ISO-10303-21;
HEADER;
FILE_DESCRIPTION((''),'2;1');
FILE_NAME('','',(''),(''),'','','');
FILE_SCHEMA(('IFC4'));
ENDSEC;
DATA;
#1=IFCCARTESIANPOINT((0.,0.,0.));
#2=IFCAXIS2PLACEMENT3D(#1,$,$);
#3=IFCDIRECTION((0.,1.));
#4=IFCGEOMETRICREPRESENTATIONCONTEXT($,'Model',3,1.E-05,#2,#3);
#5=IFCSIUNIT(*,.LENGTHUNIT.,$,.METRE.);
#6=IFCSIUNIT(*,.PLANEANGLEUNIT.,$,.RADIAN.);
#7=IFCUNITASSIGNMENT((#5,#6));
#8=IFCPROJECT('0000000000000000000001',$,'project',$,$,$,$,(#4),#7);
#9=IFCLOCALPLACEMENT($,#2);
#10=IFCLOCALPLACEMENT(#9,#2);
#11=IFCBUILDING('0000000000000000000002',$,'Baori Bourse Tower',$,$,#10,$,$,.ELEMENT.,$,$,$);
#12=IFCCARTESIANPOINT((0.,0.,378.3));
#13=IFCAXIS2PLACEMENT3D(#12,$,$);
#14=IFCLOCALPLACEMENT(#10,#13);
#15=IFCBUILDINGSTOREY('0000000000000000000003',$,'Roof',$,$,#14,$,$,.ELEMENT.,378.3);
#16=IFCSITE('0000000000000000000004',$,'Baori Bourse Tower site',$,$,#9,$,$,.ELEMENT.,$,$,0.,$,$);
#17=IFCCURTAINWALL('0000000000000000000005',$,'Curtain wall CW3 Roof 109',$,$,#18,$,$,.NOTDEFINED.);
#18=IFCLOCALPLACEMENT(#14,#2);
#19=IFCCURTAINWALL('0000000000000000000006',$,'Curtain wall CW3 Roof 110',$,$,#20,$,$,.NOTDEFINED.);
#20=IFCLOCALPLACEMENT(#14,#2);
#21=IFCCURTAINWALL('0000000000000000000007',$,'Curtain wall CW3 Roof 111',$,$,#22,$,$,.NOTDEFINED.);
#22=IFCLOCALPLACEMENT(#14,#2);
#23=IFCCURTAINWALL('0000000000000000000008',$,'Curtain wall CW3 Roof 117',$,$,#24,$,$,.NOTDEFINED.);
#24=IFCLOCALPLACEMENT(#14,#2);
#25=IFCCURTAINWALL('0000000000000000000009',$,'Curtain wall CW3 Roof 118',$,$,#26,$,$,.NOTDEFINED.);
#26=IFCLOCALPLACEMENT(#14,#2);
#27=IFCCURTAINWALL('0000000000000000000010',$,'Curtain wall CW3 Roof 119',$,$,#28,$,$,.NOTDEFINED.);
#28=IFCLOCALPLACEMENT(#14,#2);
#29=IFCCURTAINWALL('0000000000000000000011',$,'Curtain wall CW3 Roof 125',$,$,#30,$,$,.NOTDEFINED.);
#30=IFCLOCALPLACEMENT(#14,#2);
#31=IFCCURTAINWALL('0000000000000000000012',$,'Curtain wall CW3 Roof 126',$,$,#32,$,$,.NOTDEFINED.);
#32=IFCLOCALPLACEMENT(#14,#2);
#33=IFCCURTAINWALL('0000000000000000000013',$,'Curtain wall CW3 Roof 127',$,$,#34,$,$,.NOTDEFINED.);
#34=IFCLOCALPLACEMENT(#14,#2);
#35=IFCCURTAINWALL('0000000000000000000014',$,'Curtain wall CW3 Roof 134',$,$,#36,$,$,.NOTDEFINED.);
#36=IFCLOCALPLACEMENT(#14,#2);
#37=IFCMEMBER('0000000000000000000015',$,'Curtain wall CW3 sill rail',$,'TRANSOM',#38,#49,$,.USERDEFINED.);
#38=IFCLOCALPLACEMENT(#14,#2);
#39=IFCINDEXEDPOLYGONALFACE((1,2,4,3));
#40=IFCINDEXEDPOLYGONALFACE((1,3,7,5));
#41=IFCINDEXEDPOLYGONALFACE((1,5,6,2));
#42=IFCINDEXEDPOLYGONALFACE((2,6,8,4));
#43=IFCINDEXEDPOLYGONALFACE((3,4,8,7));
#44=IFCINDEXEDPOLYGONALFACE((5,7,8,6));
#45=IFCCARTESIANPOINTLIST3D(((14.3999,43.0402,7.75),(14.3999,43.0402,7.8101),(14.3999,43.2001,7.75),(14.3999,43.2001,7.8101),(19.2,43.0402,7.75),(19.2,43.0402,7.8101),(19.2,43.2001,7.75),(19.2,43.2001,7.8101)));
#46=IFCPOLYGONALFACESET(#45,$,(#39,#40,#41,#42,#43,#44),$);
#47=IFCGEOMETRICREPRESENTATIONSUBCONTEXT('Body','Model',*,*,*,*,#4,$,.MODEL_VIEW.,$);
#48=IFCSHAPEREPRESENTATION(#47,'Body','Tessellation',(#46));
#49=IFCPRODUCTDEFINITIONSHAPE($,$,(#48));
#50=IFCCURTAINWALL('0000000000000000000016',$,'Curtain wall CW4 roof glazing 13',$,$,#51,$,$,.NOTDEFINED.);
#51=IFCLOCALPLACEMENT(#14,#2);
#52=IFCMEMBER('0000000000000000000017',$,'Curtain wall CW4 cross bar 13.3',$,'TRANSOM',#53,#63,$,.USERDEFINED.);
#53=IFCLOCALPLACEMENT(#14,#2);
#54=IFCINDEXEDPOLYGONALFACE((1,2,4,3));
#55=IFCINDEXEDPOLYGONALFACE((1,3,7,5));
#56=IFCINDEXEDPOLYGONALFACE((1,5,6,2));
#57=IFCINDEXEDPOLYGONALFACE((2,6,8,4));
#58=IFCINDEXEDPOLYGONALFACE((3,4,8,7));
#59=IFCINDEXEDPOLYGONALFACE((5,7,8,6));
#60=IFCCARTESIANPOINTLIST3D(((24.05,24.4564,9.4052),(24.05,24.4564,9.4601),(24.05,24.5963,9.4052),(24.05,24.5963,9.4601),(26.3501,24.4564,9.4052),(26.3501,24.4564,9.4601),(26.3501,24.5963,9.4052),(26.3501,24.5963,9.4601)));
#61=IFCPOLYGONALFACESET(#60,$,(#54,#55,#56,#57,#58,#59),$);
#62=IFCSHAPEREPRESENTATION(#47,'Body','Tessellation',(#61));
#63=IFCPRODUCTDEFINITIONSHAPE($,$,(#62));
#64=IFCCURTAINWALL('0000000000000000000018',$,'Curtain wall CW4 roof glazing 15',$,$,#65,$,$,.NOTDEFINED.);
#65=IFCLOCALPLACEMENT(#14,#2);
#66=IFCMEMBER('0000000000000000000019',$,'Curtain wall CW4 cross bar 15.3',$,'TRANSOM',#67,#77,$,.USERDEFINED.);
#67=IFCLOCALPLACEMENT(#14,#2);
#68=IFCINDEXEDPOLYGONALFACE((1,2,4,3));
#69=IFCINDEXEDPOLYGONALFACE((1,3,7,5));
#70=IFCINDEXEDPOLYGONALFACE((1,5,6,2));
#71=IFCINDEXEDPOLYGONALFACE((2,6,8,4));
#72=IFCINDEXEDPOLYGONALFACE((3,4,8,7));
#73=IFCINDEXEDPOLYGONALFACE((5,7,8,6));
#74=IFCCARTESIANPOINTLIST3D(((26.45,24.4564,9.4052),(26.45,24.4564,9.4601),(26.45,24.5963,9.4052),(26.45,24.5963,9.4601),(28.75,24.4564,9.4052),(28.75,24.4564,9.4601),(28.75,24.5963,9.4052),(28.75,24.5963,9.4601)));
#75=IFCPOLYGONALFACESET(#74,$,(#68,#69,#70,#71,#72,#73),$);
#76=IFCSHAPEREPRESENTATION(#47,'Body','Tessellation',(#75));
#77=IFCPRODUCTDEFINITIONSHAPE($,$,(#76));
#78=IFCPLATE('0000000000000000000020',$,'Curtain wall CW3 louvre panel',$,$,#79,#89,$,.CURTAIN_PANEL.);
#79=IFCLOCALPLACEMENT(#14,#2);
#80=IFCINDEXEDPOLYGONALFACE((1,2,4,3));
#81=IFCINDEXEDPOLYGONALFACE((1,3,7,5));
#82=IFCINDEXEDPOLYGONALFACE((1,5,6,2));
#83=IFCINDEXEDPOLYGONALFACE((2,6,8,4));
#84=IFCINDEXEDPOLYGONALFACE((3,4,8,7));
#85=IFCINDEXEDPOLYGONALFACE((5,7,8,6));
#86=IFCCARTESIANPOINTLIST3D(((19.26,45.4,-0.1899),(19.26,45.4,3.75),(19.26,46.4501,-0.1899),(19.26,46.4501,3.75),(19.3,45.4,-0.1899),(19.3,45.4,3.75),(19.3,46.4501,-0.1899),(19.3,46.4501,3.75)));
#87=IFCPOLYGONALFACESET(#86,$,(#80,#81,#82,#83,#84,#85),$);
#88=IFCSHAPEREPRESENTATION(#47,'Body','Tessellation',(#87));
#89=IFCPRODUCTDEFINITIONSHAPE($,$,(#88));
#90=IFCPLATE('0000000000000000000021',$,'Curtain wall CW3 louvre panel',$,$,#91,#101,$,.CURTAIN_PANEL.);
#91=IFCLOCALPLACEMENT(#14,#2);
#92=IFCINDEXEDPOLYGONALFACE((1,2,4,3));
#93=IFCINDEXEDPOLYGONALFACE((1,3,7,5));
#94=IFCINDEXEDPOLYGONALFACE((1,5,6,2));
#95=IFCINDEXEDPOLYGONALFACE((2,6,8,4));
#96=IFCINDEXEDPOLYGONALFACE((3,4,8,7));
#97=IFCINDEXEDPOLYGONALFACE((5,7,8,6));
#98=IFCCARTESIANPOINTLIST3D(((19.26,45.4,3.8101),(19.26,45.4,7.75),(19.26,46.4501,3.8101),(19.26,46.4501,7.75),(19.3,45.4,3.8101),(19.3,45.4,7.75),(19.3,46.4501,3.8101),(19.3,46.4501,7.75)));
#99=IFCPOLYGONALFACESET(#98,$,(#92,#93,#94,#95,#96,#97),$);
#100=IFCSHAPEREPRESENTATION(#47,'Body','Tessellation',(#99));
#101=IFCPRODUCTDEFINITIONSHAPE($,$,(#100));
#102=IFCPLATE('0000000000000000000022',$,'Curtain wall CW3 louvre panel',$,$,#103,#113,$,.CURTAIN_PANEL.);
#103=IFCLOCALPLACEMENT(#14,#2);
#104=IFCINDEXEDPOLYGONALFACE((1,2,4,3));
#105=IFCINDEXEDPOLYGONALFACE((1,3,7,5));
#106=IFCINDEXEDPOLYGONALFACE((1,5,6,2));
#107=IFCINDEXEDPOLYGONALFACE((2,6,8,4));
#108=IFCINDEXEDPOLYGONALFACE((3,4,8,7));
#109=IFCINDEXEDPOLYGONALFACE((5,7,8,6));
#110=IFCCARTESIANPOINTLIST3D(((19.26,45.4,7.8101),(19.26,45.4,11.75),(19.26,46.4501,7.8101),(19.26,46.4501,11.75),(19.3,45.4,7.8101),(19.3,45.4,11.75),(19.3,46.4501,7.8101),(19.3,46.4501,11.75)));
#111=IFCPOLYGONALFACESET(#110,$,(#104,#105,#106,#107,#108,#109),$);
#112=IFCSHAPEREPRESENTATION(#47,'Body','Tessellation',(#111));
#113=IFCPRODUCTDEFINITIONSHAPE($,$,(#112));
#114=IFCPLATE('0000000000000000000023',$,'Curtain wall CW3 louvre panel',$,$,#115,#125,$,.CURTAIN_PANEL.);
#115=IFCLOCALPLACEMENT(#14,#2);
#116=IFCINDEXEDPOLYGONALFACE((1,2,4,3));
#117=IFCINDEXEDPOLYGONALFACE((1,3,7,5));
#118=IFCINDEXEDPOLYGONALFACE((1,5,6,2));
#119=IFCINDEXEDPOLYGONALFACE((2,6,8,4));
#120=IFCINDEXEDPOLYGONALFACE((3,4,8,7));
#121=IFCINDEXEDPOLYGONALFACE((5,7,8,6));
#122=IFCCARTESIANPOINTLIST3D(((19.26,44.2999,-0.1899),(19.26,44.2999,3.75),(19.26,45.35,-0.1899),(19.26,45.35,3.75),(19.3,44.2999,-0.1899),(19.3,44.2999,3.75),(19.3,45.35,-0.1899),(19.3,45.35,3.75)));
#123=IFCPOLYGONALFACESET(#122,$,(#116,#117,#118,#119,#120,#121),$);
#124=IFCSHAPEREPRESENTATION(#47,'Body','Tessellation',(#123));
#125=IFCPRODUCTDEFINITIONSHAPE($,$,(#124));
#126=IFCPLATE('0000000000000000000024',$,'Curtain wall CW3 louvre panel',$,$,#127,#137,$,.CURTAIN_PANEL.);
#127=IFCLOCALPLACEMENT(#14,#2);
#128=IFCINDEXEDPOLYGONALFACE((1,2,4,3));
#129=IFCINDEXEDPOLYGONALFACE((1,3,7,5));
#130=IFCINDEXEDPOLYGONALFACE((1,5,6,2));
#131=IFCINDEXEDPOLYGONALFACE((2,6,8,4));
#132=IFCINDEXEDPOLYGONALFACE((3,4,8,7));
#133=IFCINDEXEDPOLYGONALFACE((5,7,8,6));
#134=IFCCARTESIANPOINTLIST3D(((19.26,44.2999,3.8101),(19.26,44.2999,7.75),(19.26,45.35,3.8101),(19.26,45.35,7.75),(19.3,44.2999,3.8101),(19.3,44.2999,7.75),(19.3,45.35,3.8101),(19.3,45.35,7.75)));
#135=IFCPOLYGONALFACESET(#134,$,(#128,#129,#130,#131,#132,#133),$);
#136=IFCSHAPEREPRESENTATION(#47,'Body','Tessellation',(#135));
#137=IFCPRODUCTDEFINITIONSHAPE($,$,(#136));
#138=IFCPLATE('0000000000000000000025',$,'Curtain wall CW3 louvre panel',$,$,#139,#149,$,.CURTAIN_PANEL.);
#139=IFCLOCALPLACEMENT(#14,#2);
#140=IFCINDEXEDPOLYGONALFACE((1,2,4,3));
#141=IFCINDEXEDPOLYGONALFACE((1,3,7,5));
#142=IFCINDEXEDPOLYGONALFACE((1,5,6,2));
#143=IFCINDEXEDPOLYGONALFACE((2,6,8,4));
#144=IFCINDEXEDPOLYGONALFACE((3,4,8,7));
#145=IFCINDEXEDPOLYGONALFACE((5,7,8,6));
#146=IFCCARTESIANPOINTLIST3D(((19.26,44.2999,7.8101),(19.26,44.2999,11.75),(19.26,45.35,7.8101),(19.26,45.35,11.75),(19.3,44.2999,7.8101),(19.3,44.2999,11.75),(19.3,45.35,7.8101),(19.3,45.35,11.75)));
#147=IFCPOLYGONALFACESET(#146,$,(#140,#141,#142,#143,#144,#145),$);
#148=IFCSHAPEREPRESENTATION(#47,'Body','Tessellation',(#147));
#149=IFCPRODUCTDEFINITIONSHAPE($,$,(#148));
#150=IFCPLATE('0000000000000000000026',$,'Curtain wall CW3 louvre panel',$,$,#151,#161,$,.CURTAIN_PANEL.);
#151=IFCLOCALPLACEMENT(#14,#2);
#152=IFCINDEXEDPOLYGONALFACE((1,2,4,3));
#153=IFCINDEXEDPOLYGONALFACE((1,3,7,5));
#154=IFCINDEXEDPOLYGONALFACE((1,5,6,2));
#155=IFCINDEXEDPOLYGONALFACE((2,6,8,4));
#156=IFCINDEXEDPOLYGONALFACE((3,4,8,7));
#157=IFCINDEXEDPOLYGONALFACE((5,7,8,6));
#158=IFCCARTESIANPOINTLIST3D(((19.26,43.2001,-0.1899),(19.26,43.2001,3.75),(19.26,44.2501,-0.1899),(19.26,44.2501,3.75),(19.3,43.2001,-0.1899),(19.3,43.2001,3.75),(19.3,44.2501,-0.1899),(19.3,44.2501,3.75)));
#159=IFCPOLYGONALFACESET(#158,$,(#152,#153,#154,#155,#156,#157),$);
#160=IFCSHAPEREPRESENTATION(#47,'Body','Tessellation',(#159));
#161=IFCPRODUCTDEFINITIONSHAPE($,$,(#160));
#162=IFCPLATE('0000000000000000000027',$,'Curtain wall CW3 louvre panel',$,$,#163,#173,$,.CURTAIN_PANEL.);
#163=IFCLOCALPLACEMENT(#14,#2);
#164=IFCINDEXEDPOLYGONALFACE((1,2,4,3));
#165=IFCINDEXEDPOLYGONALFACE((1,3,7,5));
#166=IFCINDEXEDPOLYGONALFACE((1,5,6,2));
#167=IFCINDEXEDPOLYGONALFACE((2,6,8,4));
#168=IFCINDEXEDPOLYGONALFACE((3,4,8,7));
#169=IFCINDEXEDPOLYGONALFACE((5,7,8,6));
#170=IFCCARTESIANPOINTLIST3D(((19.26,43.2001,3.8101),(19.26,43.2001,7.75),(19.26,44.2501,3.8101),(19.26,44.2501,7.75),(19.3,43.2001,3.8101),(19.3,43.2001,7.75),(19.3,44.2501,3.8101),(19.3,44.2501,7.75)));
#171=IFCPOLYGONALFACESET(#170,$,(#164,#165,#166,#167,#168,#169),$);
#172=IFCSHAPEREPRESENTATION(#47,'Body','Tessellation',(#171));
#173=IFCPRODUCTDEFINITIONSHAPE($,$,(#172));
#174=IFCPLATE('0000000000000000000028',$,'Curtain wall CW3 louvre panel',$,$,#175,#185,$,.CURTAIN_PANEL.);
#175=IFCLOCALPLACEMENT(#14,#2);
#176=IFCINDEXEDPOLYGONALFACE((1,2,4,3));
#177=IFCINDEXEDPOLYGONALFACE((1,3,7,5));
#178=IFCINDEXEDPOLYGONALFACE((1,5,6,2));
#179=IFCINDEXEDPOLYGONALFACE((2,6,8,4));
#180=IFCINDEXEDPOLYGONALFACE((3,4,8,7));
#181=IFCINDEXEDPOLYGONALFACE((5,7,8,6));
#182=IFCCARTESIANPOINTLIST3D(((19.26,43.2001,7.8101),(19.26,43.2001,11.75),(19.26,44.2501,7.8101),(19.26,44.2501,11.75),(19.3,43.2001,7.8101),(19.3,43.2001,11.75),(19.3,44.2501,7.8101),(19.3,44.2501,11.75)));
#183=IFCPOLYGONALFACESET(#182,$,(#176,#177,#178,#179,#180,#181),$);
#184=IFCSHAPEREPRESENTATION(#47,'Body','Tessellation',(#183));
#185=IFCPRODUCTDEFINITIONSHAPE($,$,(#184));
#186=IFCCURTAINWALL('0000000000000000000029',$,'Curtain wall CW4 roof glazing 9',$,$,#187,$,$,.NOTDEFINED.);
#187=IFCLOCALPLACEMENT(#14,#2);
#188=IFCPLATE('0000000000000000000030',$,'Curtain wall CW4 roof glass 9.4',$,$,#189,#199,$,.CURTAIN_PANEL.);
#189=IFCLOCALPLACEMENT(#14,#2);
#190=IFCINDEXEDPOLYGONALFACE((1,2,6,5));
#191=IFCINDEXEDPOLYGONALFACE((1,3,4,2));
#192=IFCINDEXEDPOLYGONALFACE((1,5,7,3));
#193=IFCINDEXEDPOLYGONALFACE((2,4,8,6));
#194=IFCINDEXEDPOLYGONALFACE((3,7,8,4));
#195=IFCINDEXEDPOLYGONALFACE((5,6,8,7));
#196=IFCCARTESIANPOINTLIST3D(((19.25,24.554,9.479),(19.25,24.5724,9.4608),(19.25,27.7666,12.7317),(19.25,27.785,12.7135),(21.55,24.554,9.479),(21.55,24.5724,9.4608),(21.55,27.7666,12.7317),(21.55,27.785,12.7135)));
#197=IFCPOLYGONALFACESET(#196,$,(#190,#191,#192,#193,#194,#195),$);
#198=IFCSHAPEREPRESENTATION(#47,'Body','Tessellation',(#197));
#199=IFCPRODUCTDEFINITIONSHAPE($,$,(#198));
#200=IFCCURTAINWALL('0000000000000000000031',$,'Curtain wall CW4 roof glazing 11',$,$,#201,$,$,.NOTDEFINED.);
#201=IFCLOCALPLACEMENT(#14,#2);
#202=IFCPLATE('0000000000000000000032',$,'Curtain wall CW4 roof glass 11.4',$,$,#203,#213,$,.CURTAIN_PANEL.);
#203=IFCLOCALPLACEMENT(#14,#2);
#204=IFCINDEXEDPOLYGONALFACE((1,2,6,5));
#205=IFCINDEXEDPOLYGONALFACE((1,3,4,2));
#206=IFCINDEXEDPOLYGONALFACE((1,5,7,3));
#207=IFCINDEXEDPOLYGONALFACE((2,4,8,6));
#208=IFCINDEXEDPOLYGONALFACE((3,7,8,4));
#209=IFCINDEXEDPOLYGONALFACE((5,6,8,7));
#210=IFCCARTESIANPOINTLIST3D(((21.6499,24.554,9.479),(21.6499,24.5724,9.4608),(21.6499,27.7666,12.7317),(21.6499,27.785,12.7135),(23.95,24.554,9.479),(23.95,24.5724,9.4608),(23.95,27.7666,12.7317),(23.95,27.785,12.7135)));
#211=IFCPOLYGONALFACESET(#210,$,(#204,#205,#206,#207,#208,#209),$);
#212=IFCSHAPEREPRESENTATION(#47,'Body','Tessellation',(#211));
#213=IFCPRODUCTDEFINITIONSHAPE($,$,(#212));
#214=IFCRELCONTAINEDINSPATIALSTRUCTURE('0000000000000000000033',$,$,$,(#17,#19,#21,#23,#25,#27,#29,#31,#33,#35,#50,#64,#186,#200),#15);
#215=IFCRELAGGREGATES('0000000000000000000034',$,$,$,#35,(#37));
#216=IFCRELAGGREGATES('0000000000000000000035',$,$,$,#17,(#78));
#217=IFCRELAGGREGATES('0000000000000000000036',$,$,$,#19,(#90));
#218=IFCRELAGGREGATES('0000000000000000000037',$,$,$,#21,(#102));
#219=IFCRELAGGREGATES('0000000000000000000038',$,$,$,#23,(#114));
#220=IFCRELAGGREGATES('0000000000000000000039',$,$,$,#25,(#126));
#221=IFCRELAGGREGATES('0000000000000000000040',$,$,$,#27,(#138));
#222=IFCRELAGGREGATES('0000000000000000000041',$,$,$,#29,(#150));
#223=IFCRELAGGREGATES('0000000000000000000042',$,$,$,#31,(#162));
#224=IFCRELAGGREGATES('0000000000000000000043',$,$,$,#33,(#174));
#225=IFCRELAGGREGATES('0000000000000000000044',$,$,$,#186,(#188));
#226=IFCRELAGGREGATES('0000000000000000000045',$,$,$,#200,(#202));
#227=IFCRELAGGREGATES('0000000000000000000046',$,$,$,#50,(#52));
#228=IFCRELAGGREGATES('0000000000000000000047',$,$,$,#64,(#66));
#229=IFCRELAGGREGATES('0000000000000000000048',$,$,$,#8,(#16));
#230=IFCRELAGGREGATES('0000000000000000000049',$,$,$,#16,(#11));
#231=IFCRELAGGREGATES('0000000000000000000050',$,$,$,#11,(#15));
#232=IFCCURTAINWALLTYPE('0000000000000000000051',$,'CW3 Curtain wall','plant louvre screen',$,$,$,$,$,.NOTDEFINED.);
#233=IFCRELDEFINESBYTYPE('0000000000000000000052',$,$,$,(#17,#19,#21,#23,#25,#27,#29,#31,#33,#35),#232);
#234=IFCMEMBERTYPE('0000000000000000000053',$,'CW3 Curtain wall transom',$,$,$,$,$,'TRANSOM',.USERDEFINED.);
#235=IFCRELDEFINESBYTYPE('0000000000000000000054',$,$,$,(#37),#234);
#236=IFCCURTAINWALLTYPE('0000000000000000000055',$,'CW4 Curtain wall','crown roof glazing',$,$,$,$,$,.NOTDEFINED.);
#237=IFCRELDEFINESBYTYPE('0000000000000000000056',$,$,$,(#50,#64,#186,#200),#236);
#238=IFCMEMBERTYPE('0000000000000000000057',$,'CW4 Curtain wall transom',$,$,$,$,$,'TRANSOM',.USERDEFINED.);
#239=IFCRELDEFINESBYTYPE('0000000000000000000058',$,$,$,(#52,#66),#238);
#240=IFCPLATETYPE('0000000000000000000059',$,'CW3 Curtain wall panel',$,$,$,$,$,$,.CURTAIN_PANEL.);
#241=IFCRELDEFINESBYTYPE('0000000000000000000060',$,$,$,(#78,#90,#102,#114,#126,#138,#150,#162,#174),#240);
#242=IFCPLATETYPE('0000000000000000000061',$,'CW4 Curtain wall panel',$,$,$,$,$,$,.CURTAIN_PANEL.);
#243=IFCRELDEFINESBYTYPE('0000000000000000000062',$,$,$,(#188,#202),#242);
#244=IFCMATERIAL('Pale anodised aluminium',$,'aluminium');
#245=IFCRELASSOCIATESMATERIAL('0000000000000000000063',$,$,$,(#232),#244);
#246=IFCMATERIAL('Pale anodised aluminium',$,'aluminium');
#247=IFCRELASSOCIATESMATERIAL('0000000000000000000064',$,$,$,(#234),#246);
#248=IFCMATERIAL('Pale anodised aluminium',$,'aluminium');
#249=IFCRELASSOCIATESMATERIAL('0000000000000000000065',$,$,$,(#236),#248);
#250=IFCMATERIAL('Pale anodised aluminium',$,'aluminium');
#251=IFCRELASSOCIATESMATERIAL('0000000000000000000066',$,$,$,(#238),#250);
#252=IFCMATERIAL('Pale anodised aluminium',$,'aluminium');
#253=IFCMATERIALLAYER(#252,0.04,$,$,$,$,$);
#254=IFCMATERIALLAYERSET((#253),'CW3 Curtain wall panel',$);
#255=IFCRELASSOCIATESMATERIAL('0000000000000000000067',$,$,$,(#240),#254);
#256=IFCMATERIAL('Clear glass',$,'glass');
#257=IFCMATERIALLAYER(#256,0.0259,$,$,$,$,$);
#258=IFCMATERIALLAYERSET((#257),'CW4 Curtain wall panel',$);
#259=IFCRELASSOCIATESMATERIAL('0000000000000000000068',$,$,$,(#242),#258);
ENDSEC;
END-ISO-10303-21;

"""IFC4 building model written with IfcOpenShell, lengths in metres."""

from ifc_helpers import new_model, si_unit, direction, frame, origin, origin_2d, place, context, subcontext, project, spatial, polyline, rectangle, outline, extrude, material, layer, layer_set, material_profile, profile_set, type_object, element, aggregate, save


model = new_model("IFC4")

# Units and contexts
model_context = context("Model", 3, precision=1e-05, world=origin(), true_north=direction((0.0, 1.0)))
body_context = subcontext(model_context, "Body", "Model", "MODEL_VIEW")
ifc_project = project(units=[si_unit("LENGTHUNIT", "METRE"), si_unit("PLANEANGLEUNIT", "RADIAN")], contexts=[model_context])

# Site, building, storey
site_placement = place(None, origin())
site = spatial("IfcSite", under=ifc_project, at=site_placement, Name="Baori Bourse Tower site", CompositionType="ELEMENT", RefElevation=0.0)
building_placement = place(site_placement, origin())
building = spatial("IfcBuilding", under=site, at=building_placement, Name="Baori Bourse Tower", CompositionType="ELEMENT")
storey_placement = place(building_placement, frame((0.0, 0.0, 378.3)))
storey = spatial("IfcBuildingStorey", under=building, at=storey_placement, Name="Roof", CompositionType="ELEMENT", Elevation=378.3)

# Curtain walls
ifc_material_1 = material(Name="Pale anodised aluminium", Category="aluminium")
curtain_wall_type_1 = type_object("IfcCurtainWallType", Name="CW3 Curtain wall", Description="plant louvre screen", PredefinedType="NOTDEFINED", material=ifc_material_1)
curtain_wall_1_placement = place(storey_placement, origin())
curtain_wall_1 = element("IfcCurtainWall", 1, at=curtain_wall_1_placement, inside=storey, type_object=curtain_wall_type_1, Name="Curtain wall CW3 Roof 109", PredefinedType="NOTDEFINED")
curtain_wall_2_placement = place(storey_placement, origin())
curtain_wall_2 = element("IfcCurtainWall", 2, at=curtain_wall_2_placement, inside=storey, type_object=curtain_wall_type_1, Name="Curtain wall CW3 Roof 110", PredefinedType="NOTDEFINED")
curtain_wall_3_placement = place(storey_placement, origin())
curtain_wall_3 = element("IfcCurtainWall", 3, at=curtain_wall_3_placement, inside=storey, type_object=curtain_wall_type_1, Name="Curtain wall CW3 Roof 111", PredefinedType="NOTDEFINED")
curtain_wall_4_placement = place(storey_placement, origin())
curtain_wall_4 = element("IfcCurtainWall", 4, at=curtain_wall_4_placement, inside=storey, type_object=curtain_wall_type_1, Name="Curtain wall CW3 Roof 117", PredefinedType="NOTDEFINED")
curtain_wall_5_placement = place(storey_placement, origin())
curtain_wall_5 = element("IfcCurtainWall", 5, at=curtain_wall_5_placement, inside=storey, type_object=curtain_wall_type_1, Name="Curtain wall CW3 Roof 118", PredefinedType="NOTDEFINED")
curtain_wall_6_placement = place(storey_placement, origin())
curtain_wall_6 = element("IfcCurtainWall", 6, at=curtain_wall_6_placement, inside=storey, type_object=curtain_wall_type_1, Name="Curtain wall CW3 Roof 119", PredefinedType="NOTDEFINED")
curtain_wall_7_placement = place(storey_placement, origin())
curtain_wall_7 = element("IfcCurtainWall", 7, at=curtain_wall_7_placement, inside=storey, type_object=curtain_wall_type_1, Name="Curtain wall CW3 Roof 125", PredefinedType="NOTDEFINED")
curtain_wall_8_placement = place(storey_placement, origin())
curtain_wall_8 = element("IfcCurtainWall", 8, at=curtain_wall_8_placement, inside=storey, type_object=curtain_wall_type_1, Name="Curtain wall CW3 Roof 126", PredefinedType="NOTDEFINED")
curtain_wall_9_placement = place(storey_placement, origin())
curtain_wall_9 = element("IfcCurtainWall", 9, at=curtain_wall_9_placement, inside=storey, type_object=curtain_wall_type_1, Name="Curtain wall CW3 Roof 127", PredefinedType="NOTDEFINED")

# Shared definitions
ifc_material_2 = material(Name="Pale anodised aluminium", Category="aluminium")
ifc_material_profile_1 = material_profile(ifc_material_2, rectangle(XDim=0.1599, YDim=0.0601, at=origin_2d()), Name="Transom 60x160")
ifc_profile_set_1 = profile_set([ifc_material_profile_1], Name="Pale anodised aluminium")
member_type_1 = type_object("IfcMemberType", Name="CW3 Curtain wall transom", ElementType="TRANSOM", PredefinedType="USERDEFINED", material=ifc_profile_set_1)

# Curtain walls, members
curtain_wall_10_placement = place(storey_placement, origin())
curtain_wall_10 = element("IfcCurtainWall", 10, at=curtain_wall_10_placement, inside=storey, type_object=curtain_wall_type_1, Name="Curtain wall CW3 Roof 134", PredefinedType="NOTDEFINED")
member_1_placement = place(storey_placement, frame((19.2, 43.1201, 7.78), z_axis=(-1.0, 0.0, 0.0), x_axis=(0.0, -1.0, 0.0)))
member_1 = element("IfcMember", 11, at=member_1_placement, type_object=member_type_1, Name="Curtain wall CW3 sill rail", ObjectType="TRANSOM", PredefinedType="USERDEFINED", context=body_context, shape_type="SweptSolid", body=[
    extrude(rectangle(XDim=0.1599, YDim=0.0601, at=origin_2d()), origin(), (0.0, 0.0, 1.0), 4.8),
])
aggregate(curtain_wall_10, [member_1])
ifc_material_3 = material(Name="Pale anodised aluminium", Category="aluminium")
curtain_wall_type_2 = type_object("IfcCurtainWallType", Name="CW4 Curtain wall", Description="crown roof glazing", PredefinedType="NOTDEFINED", material=ifc_material_3)
curtain_wall_11_placement = place(storey_placement, origin())
curtain_wall_11 = element("IfcCurtainWall", 12, at=curtain_wall_11_placement, inside=storey, type_object=curtain_wall_type_2, Name="Curtain wall CW4 roof glazing 13", PredefinedType="NOTDEFINED")
ifc_material_4 = material(Name="Pale anodised aluminium", Category="aluminium")
ifc_material_profile_2 = material_profile(ifc_material_4, rectangle(XDim=0.1399, YDim=0.0549, at=origin_2d()), Name="Transom 55x140")
ifc_profile_set_2 = profile_set([ifc_material_profile_2], Name="Pale anodised aluminium")
member_type_2 = type_object("IfcMemberType", Name="CW4 Curtain wall transom", ElementType="TRANSOM", PredefinedType="USERDEFINED", material=ifc_profile_set_2)
member_2_placement = place(storey_placement, frame((24.05, 24.5264, 9.4326), z_axis=(1.0, 0.0, 0.0), x_axis=(0.0, 1.0, 0.0)))
member_2 = element("IfcMember", 13, at=member_2_placement, type_object=member_type_2, Name="Curtain wall CW4 cross bar 13.3", ObjectType="TRANSOM", PredefinedType="USERDEFINED", context=body_context, shape_type="SweptSolid", body=[
    extrude(rectangle(XDim=0.1399, YDim=0.0549, at=origin_2d()), origin(), (0.0, 0.0, 1.0), 2.3),
])
curtain_wall_12_placement = place(storey_placement, origin())
curtain_wall_12 = element("IfcCurtainWall", 14, at=curtain_wall_12_placement, inside=storey, type_object=curtain_wall_type_2, Name="Curtain wall CW4 roof glazing 15", PredefinedType="NOTDEFINED")
member_3_placement = place(storey_placement, frame((26.45, 24.5264, 9.4326), z_axis=(1.0, 0.0, 0.0), x_axis=(0.0, 1.0, 0.0)))
member_3 = element("IfcMember", 15, at=member_3_placement, type_object=member_type_2, Name="Curtain wall CW4 cross bar 15.3", ObjectType="TRANSOM", PredefinedType="USERDEFINED", context=body_context, shape_type="SweptSolid", body=[
    extrude(rectangle(XDim=0.1399, YDim=0.0549, at=origin_2d()), origin(), (0.0, 0.0, 1.0), 2.3),
])

# Plates
ifc_material_5 = material(Name="Pale anodised aluminium", Category="aluminium")
ifc_layer_1 = layer(ifc_material_5, 0.04)
ifc_layer_set_1 = layer_set([ifc_layer_1], Name="CW3 Curtain wall panel")
plate_type_1 = type_object("IfcPlateType", Name="CW3 Curtain wall panel", PredefinedType="CURTAIN_PANEL", material=ifc_layer_set_1)
plate_1_placement = place(storey_placement, frame((19.28, 45.925, -0.1899), z_axis=(0.0, 0.0, 1.0), x_axis=(0.0, -1.0, 0.0)))
plate_1 = element("IfcPlate", 16, at=plate_1_placement, type_object=plate_type_1, Name="Curtain wall CW3 louvre panel", PredefinedType="CURTAIN_PANEL", context=body_context, shape_type="SweptSolid", body=[
    extrude(rectangle(XDim=1.05, YDim=0.04, at=origin_2d()), origin(), (0.0, 0.0, 1.0), 3.9399),
])
aggregate(curtain_wall_1, [plate_1])
plate_2_placement = place(storey_placement, frame((19.28, 45.925, 3.8101), z_axis=(0.0, 0.0, 1.0), x_axis=(0.0, -1.0, 0.0)))
plate_2 = element("IfcPlate", 17, at=plate_2_placement, type_object=plate_type_1, Name="Curtain wall CW3 louvre panel", PredefinedType="CURTAIN_PANEL", context=body_context, shape_type="SweptSolid", body=[
    extrude(rectangle(XDim=1.05, YDim=0.04, at=origin_2d()), origin(), (0.0, 0.0, 1.0), 3.9399),
])
aggregate(curtain_wall_2, [plate_2])
plate_3_placement = place(storey_placement, frame((19.28, 45.925, 7.8101), z_axis=(0.0, 0.0, 1.0), x_axis=(0.0, -1.0, 0.0)))
plate_3 = element("IfcPlate", 18, at=plate_3_placement, type_object=plate_type_1, Name="Curtain wall CW3 louvre panel", PredefinedType="CURTAIN_PANEL", context=body_context, shape_type="SweptSolid", body=[
    extrude(rectangle(XDim=1.05, YDim=0.04, at=origin_2d()), origin(), (0.0, 0.0, 1.0), 3.9399),
])
aggregate(curtain_wall_3, [plate_3])
plate_4_placement = place(storey_placement, frame((19.28, 44.825, -0.1899), z_axis=(0.0, 0.0, 1.0), x_axis=(0.0, -1.0, 0.0)))
plate_4 = element("IfcPlate", 19, at=plate_4_placement, type_object=plate_type_1, Name="Curtain wall CW3 louvre panel", PredefinedType="CURTAIN_PANEL", context=body_context, shape_type="SweptSolid", body=[
    extrude(rectangle(XDim=1.05, YDim=0.04, at=origin_2d()), origin(), (0.0, 0.0, 1.0), 3.9399),
])
aggregate(curtain_wall_4, [plate_4])
plate_5_placement = place(storey_placement, frame((19.28, 44.825, 3.8101), z_axis=(0.0, 0.0, 1.0), x_axis=(0.0, -1.0, 0.0)))
plate_5 = element("IfcPlate", 20, at=plate_5_placement, type_object=plate_type_1, Name="Curtain wall CW3 louvre panel", PredefinedType="CURTAIN_PANEL", context=body_context, shape_type="SweptSolid", body=[
    extrude(rectangle(XDim=1.05, YDim=0.04, at=origin_2d()), origin(), (0.0, 0.0, 1.0), 3.9399),
])
aggregate(curtain_wall_5, [plate_5])
plate_6_placement = place(storey_placement, frame((19.28, 44.825, 7.8101), z_axis=(0.0, 0.0, 1.0), x_axis=(0.0, -1.0, 0.0)))
plate_6 = element("IfcPlate", 21, at=plate_6_placement, type_object=plate_type_1, Name="Curtain wall CW3 louvre panel", PredefinedType="CURTAIN_PANEL", context=body_context, shape_type="SweptSolid", body=[
    extrude(rectangle(XDim=1.05, YDim=0.04, at=origin_2d()), origin(), (0.0, 0.0, 1.0), 3.9399),
])
aggregate(curtain_wall_6, [plate_6])
plate_7_placement = place(storey_placement, frame((19.28, 43.7251, -0.1899), z_axis=(0.0, 0.0, 1.0), x_axis=(0.0, -1.0, 0.0)))
plate_7 = element("IfcPlate", 22, at=plate_7_placement, type_object=plate_type_1, Name="Curtain wall CW3 louvre panel", PredefinedType="CURTAIN_PANEL", context=body_context, shape_type="SweptSolid", body=[
    extrude(rectangle(XDim=1.05, YDim=0.04, at=origin_2d()), origin(), (0.0, 0.0, 1.0), 3.9399),
])
aggregate(curtain_wall_7, [plate_7])
plate_8_placement = place(storey_placement, frame((19.28, 43.7251, 3.8101), z_axis=(0.0, 0.0, 1.0), x_axis=(0.0, -1.0, 0.0)))
plate_8 = element("IfcPlate", 23, at=plate_8_placement, type_object=plate_type_1, Name="Curtain wall CW3 louvre panel", PredefinedType="CURTAIN_PANEL", context=body_context, shape_type="SweptSolid", body=[
    extrude(rectangle(XDim=1.05, YDim=0.04, at=origin_2d()), origin(), (0.0, 0.0, 1.0), 3.9399),
])
aggregate(curtain_wall_8, [plate_8])
plate_9_placement = place(storey_placement, frame((19.28, 43.7251, 7.8101), z_axis=(0.0, 0.0, 1.0), x_axis=(0.0, -1.0, 0.0)))
plate_9 = element("IfcPlate", 24, at=plate_9_placement, type_object=plate_type_1, Name="Curtain wall CW3 louvre panel", PredefinedType="CURTAIN_PANEL", context=body_context, shape_type="SweptSolid", body=[
    extrude(rectangle(XDim=1.05, YDim=0.04, at=origin_2d()), origin(), (0.0, 0.0, 1.0), 3.9399),
])
aggregate(curtain_wall_9, [plate_9])

# Curtain walls, plates
curtain_wall_13_placement = place(storey_placement, origin())
curtain_wall_13 = element("IfcCurtainWall", 25, at=curtain_wall_13_placement, inside=storey, type_object=curtain_wall_type_2, Name="Curtain wall CW4 roof glazing 9", PredefinedType="NOTDEFINED")
ifc_material_6 = material(Name="Clear glass", Category="glass")
ifc_layer_2 = layer(ifc_material_6, 0.0259)
ifc_layer_set_2 = layer_set([ifc_layer_2], Name="CW4 Curtain wall panel")
plate_type_2 = type_object("IfcPlateType", Name="CW4 Curtain wall panel", PredefinedType="CURTAIN_PANEL", material=ifc_layer_set_2)
plate_10_placement = place(storey_placement, frame((19.25, 24.554, 9.479), z_axis=(0.0, -0.711472, 0.702714), x_axis=(1.0, 0.0, 0.0)))
plate_10 = element("IfcPlate", 26, at=plate_10_placement, type_object=plate_type_2, Name="Curtain wall CW4 roof glass 9.4", PredefinedType="CURTAIN_PANEL", context=body_context, shape_type="SweptSolid", body=[
    extrude(outline(polyline([(0.0, 0.0), (2.3, 0.0), (2.3, 4.5718), (0.0, 4.5718), (0.0, 0.0)])), origin(), (0.0, 0.0, -1.0), 0.0259),
])
aggregate(curtain_wall_13, [plate_10])
curtain_wall_14_placement = place(storey_placement, origin())
curtain_wall_14 = element("IfcCurtainWall", 27, at=curtain_wall_14_placement, inside=storey, type_object=curtain_wall_type_2, Name="Curtain wall CW4 roof glazing 11", PredefinedType="NOTDEFINED")
plate_11_placement = place(storey_placement, frame((21.6499, 24.554, 9.479), z_axis=(0.0, -0.711472, 0.702714), x_axis=(1.0, 0.0, 0.0)))
plate_11 = element("IfcPlate", 28, at=plate_11_placement, type_object=plate_type_2, Name="Curtain wall CW4 roof glass 11.4", PredefinedType="CURTAIN_PANEL", context=body_context, shape_type="SweptSolid", body=[
    extrude(outline(polyline([(0.0, 0.0), (2.3, 0.0), (2.3, 4.5718), (0.0, 4.5718), (0.0, 0.0)])), origin(), (0.0, 0.0, -1.0), 0.0259),
])
aggregate(curtain_wall_14, [plate_11])

aggregate(curtain_wall_11, [member_2])
aggregate(curtain_wall_12, [member_3])

save(model, "model.ifc")
